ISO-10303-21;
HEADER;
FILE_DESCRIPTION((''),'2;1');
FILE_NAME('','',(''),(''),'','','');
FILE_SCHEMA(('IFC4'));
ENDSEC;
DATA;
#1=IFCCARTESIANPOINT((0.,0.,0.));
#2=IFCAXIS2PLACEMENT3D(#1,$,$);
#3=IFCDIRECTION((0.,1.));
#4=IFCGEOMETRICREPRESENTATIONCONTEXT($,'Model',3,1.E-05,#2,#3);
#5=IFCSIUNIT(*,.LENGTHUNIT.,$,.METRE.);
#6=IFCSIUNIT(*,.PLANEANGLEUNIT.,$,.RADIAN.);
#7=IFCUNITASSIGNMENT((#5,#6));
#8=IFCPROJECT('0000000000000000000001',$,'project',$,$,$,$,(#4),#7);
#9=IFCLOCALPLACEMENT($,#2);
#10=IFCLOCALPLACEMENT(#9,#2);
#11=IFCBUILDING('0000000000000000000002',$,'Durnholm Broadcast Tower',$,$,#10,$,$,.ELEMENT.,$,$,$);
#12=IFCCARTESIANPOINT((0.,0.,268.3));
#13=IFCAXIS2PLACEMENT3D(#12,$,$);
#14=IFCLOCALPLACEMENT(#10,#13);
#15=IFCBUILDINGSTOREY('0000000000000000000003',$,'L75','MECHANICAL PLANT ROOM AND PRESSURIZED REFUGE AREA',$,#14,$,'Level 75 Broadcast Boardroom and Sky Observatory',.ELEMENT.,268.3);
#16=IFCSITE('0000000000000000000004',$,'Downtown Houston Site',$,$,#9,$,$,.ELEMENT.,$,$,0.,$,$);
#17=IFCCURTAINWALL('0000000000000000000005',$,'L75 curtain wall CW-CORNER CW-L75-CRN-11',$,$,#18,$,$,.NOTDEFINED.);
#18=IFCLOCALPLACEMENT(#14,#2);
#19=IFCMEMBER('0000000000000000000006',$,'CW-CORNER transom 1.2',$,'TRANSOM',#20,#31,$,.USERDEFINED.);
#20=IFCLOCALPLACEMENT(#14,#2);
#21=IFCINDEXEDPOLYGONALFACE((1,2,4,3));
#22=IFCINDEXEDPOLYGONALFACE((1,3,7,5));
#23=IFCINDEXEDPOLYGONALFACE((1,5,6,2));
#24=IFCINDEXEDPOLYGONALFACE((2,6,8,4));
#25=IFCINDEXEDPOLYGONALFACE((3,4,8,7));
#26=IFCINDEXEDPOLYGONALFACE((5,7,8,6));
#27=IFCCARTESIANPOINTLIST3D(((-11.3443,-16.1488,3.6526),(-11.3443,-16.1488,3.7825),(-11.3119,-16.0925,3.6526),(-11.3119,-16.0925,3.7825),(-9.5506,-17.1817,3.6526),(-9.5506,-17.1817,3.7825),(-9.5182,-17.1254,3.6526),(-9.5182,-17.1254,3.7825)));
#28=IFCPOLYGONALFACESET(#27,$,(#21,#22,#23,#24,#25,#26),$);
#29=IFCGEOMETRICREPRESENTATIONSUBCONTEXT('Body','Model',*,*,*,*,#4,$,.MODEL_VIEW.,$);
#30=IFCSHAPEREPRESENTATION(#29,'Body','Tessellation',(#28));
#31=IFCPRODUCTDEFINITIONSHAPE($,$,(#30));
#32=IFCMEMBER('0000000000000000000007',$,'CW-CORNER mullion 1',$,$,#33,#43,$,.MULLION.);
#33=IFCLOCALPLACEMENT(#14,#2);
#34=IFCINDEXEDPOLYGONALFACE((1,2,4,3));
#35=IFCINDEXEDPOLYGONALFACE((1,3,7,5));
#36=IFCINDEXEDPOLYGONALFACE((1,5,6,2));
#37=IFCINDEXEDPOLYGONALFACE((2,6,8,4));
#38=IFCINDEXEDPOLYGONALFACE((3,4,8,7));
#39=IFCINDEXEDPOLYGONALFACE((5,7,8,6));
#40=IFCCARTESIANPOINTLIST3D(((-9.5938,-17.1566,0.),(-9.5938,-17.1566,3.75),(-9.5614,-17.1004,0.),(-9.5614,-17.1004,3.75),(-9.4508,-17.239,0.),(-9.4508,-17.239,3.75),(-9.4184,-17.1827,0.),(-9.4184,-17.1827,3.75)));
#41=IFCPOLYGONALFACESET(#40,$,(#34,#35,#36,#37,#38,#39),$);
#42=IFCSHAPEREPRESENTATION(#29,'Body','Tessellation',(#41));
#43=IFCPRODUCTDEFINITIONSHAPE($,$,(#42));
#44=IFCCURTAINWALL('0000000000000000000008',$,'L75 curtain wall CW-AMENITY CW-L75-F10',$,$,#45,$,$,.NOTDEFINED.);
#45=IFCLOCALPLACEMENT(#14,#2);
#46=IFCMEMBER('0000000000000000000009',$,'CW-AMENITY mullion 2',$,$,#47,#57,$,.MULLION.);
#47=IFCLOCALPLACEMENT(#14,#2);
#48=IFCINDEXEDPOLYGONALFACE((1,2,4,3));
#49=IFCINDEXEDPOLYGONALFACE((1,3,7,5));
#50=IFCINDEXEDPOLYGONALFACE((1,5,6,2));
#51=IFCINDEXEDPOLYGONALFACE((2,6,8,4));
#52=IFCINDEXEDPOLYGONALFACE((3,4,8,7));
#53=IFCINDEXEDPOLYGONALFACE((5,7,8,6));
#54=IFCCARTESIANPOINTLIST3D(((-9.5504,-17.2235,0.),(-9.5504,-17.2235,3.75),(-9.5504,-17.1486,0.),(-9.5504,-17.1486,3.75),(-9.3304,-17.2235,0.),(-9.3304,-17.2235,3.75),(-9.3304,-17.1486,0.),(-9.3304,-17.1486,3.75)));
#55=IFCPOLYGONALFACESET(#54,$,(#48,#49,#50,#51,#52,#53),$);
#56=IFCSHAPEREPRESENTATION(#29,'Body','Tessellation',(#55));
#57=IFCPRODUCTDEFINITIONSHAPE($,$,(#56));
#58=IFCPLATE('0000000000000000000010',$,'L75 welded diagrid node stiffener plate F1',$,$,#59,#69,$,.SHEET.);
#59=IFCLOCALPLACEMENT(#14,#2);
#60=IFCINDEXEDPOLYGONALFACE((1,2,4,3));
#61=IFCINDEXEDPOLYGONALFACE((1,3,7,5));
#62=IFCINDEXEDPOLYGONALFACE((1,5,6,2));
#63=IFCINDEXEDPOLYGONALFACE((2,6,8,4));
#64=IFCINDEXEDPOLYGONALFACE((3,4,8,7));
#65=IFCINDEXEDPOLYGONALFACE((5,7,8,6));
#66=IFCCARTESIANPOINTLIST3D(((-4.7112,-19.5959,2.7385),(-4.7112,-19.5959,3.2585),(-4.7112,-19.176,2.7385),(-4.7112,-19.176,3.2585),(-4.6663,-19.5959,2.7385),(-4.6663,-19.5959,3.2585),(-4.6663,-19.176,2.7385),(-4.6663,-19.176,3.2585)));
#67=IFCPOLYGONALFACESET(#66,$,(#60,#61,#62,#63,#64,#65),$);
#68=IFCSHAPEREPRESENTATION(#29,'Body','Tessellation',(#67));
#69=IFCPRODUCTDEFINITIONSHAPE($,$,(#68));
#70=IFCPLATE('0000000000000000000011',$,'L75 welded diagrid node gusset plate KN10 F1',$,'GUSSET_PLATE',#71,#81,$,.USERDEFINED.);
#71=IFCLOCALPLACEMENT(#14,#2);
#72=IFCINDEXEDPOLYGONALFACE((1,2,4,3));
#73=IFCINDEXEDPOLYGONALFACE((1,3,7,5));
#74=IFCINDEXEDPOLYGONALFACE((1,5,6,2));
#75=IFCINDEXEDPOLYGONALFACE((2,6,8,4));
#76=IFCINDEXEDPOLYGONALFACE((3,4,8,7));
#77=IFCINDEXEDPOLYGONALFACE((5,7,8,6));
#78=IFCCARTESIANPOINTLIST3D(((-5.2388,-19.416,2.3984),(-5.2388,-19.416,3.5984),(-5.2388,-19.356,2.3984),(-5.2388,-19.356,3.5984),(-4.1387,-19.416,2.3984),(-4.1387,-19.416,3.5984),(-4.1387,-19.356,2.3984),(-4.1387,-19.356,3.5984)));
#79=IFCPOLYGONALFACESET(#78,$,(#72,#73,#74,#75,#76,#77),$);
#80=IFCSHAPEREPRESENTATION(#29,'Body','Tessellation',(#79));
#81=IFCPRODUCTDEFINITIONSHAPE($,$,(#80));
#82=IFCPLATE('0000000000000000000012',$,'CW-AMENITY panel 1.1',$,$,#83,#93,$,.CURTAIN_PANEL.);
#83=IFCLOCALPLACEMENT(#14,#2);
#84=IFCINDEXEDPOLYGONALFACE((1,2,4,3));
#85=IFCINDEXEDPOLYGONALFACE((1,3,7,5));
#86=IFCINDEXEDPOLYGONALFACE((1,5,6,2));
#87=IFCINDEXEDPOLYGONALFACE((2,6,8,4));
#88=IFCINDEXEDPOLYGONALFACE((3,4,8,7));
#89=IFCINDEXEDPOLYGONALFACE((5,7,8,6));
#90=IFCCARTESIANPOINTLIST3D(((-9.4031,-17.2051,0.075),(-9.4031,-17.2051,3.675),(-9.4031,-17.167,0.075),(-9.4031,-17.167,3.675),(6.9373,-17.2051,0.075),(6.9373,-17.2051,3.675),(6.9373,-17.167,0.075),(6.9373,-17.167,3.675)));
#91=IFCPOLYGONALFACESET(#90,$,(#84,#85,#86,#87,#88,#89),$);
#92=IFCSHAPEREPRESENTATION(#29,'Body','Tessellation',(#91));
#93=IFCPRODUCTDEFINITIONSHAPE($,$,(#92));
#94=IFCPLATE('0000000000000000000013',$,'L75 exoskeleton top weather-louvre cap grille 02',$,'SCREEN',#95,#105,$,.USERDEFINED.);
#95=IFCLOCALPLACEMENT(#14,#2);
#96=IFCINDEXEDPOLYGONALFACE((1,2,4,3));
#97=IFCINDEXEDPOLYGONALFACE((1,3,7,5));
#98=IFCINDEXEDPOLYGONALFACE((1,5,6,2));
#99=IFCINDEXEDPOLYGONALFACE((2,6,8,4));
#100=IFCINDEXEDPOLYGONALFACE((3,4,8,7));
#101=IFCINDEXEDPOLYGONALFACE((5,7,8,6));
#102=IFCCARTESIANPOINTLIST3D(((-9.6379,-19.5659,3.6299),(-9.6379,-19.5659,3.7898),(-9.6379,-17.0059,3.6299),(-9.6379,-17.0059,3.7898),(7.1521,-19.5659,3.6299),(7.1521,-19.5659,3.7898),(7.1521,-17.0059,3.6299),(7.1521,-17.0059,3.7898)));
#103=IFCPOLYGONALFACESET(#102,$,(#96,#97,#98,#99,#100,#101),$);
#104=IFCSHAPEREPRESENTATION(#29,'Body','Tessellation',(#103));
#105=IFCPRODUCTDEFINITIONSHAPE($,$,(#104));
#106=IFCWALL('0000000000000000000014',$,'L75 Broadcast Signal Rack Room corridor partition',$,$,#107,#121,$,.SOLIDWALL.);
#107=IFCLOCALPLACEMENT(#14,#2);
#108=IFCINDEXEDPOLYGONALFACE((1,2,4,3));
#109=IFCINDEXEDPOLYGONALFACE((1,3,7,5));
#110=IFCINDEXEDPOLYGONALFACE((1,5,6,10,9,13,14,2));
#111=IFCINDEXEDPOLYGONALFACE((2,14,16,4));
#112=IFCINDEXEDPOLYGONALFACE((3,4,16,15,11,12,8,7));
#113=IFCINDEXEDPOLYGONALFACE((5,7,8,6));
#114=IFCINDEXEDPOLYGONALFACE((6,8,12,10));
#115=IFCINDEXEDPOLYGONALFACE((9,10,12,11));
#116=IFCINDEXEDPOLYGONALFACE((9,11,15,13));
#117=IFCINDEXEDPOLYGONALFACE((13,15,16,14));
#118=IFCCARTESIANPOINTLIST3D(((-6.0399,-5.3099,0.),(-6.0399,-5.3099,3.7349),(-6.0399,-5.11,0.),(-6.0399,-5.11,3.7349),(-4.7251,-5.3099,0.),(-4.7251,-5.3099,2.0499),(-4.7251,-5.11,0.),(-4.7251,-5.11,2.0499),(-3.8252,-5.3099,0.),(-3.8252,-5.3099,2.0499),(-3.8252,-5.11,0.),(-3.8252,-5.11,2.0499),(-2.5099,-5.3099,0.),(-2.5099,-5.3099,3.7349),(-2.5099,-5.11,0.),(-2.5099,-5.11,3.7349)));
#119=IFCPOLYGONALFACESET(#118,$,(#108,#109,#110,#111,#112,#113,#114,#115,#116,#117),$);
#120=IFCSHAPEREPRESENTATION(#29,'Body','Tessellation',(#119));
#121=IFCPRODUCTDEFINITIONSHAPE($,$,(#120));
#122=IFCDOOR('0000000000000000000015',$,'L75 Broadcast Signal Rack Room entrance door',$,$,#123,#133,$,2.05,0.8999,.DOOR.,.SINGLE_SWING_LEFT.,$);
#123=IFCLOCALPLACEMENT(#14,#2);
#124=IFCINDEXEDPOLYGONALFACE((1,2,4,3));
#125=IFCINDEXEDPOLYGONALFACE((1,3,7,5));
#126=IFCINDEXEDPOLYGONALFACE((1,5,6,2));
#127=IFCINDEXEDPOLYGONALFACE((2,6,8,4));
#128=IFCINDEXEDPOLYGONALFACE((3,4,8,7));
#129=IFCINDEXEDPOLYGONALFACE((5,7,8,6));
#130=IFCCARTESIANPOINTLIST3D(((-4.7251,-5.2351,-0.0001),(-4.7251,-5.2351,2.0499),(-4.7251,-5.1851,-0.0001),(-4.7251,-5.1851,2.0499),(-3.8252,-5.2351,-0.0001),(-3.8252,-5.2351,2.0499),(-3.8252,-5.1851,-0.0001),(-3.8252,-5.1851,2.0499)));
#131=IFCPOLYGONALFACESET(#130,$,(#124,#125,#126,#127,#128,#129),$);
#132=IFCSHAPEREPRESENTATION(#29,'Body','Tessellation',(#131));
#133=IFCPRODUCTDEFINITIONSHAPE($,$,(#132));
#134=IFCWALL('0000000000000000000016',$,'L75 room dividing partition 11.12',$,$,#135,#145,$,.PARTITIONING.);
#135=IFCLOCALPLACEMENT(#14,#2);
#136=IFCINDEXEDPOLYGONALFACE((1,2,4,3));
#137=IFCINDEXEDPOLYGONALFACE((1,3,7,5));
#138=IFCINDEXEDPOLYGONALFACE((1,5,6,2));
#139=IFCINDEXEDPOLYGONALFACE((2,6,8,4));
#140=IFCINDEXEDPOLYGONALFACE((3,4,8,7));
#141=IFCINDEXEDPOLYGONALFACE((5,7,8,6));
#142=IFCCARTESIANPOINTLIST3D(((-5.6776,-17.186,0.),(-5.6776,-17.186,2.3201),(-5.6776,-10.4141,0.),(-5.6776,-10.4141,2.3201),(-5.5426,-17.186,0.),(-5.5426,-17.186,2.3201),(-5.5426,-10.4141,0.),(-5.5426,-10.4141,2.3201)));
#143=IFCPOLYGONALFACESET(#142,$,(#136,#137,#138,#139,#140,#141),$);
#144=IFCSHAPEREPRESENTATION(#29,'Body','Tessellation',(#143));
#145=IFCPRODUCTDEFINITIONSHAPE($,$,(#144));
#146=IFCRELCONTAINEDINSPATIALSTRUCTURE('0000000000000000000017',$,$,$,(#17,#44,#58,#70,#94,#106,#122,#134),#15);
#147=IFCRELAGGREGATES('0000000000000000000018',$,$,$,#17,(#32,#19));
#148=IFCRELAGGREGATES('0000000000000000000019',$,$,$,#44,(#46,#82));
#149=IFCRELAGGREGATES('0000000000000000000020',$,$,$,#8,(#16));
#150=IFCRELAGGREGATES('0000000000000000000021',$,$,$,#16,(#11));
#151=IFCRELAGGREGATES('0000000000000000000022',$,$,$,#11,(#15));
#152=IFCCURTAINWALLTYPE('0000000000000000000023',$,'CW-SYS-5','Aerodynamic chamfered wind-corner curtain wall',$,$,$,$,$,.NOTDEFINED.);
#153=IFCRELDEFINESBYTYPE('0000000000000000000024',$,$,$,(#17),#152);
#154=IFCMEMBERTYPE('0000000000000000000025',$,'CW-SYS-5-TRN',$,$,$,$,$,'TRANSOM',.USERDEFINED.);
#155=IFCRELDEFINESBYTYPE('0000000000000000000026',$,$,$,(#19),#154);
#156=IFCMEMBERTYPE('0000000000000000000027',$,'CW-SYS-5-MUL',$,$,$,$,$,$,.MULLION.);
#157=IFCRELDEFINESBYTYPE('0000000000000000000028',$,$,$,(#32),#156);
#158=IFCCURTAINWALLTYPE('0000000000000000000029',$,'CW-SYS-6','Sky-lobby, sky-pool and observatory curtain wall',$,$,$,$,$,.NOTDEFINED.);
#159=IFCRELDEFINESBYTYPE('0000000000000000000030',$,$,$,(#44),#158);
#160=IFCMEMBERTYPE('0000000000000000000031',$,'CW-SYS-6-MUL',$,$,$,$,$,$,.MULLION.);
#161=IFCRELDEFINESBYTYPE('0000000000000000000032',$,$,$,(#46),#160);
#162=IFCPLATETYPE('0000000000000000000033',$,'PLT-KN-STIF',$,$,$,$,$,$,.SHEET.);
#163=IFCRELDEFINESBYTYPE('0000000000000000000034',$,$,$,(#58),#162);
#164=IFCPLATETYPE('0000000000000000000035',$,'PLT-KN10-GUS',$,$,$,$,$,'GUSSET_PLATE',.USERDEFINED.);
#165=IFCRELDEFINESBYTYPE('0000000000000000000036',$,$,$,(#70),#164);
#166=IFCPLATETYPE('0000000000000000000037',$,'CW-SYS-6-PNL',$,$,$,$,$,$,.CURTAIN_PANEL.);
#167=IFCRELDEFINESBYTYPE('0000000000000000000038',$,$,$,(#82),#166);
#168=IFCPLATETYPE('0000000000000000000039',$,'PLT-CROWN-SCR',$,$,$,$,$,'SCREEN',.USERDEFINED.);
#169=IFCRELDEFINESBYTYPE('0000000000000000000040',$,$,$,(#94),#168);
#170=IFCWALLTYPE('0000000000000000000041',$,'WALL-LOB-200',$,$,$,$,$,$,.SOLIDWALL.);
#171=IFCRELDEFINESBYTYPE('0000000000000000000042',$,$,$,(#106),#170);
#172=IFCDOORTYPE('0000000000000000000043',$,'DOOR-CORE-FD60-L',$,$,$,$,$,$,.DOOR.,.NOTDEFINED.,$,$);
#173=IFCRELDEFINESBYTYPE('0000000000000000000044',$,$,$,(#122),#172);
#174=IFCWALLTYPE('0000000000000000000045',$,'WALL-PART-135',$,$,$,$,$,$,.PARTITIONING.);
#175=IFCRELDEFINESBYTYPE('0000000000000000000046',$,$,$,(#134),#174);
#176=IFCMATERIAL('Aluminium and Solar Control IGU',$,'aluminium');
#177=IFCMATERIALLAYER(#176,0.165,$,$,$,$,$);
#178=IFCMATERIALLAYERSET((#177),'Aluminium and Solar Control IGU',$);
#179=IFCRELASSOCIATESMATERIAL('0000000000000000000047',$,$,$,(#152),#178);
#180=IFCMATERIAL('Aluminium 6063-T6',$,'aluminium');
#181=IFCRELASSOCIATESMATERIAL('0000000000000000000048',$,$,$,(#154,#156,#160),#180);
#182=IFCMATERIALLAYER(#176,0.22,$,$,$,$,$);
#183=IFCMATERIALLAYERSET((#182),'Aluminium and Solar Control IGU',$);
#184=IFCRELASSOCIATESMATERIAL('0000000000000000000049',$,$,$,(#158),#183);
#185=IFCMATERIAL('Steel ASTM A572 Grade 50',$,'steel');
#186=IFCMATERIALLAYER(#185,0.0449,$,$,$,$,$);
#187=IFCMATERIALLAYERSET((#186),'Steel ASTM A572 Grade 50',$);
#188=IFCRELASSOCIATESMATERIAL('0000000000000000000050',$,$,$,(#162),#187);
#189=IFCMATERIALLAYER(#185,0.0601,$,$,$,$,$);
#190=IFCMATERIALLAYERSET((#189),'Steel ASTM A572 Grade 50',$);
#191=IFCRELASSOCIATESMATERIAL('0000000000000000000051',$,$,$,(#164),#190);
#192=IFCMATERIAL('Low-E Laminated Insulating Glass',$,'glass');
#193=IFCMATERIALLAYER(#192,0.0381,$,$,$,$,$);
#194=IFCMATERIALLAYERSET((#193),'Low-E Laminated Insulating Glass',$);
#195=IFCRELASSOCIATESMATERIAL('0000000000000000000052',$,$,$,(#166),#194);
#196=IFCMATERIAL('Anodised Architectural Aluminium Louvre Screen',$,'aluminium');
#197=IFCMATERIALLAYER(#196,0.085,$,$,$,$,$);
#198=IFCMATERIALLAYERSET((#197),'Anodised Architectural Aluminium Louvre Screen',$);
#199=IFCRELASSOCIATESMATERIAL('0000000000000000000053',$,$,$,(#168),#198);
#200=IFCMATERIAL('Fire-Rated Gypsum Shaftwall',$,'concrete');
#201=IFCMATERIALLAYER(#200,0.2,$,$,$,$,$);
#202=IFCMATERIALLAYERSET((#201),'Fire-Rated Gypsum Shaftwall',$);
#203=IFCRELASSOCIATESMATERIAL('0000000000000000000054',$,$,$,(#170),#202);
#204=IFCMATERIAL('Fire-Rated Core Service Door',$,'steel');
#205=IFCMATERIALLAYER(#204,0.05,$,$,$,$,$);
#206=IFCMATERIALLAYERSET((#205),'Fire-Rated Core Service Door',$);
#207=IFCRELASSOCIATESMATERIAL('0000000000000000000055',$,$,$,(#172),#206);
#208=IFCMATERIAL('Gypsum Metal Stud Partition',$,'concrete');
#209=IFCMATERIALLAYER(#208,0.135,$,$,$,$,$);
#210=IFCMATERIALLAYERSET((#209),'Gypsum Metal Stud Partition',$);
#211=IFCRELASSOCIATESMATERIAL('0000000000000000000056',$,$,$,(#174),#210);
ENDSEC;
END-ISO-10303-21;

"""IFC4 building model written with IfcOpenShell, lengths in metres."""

from ifc_helpers import new_model, si_unit, direction, frame, frame_2d, origin, origin_2d, place, context, subcontext, project, spatial, rectangle, extrude, source, transform, mapped, material, layer, layer_set, material_profile, profile_set, type_object, type_shapes, element, fill, aggregate, save


model = new_model("IFC4")

# Units and contexts
model_context = context("Model", 3, precision=1e-05, world=origin(), true_north=direction((0.0, 1.0)))
body_context = subcontext(model_context, "Body", "Model", "MODEL_VIEW")
ifc_project = project(units=[si_unit("LENGTHUNIT", "METRE"), si_unit("PLANEANGLEUNIT", "RADIAN")], contexts=[model_context])

# Site, building, storey
site_placement = place(None, origin())
site = spatial("IfcSite", under=ifc_project, at=site_placement, Name="Downtown Houston Site", CompositionType="ELEMENT", RefElevation=0.0)
building_placement = place(site_placement, origin())
building = spatial("IfcBuilding", under=site, at=building_placement, Name="Durnholm Broadcast Tower", CompositionType="ELEMENT")
storey_placement = place(building_placement, frame((0.0, 0.0, 268.3)))
storey = spatial("IfcBuildingStorey", under=building, at=storey_placement, Name="L75", Description="MECHANICAL PLANT ROOM AND PRESSURIZED REFUGE AREA", LongName="Level 75 Broadcast Boardroom and Sky Observatory", CompositionType="ELEMENT", Elevation=268.3)

# Curtain wall, members
ifc_material_1 = material(Name="Aluminium and Solar Control IGU", Category="aluminium")
ifc_layer_1 = layer(ifc_material_1, 0.165)
ifc_layer_set_1 = layer_set([ifc_layer_1], Name="Aluminium and Solar Control IGU")
curtain_wall_type_1 = type_object("IfcCurtainWallType", Name="CW-SYS-5", Description="Aerodynamic chamfered wind-corner curtain wall", PredefinedType="NOTDEFINED", material=ifc_layer_set_1)
curtain_wall_1_placement = place(storey_placement, origin())
curtain_wall_1 = element("IfcCurtainWall", 1, at=curtain_wall_1_placement, inside=storey, type_object=curtain_wall_type_1, Name="L75 curtain wall CW-CORNER CW-L75-CRN-11", PredefinedType="NOTDEFINED")
ifc_material_2 = material(Name="Aluminium 6063-T6", Category="aluminium")
ifc_material_profile_1 = material_profile(ifc_material_2, rectangle(XDim=0.0649, YDim=0.1299, at=origin_2d()), Name="CWT65X130")
ifc_profile_set_1 = profile_set([ifc_material_profile_1], Name="Aluminium 6063-T6")
member_type_1 = type_object("IfcMemberType", Name="CW-SYS-5-TRN", ElementType="TRANSOM", PredefinedType="USERDEFINED", material=ifc_profile_set_1)
shared_shape_1 = source(origin(), body_context, "Body", "SweptSolid", [
    extrude(rectangle(XDim=0.0649, YDim=0.1299, at=origin_2d()), origin(), (0.0, 0.0, 1.0), 2.0698),
])
type_shapes(member_type_1, [shared_shape_1])
member_1_placement = place(storey_placement, frame((-9.5344, -17.1536, 3.7175), z_axis=(-0.866576, 0.499045, 0.0), x_axis=(-0.499045, -0.866576, 0.0)))
member_1 = element("IfcMember", 2, at=member_1_placement, type_object=member_type_1, Name="CW-CORNER transom 1.2", ObjectType="TRANSOM", PredefinedType="USERDEFINED", context=body_context, shape_type="MappedRepresentation", body=[
    mapped(shared_shape_1, transform((0.0, 0.0, 0.0), x_axis=(1.0, 0.0, 0.0), y_axis=(0.0, 1.0, 0.0), z_axis=(0.0, 0.0, 1.0), scale=1.0)),
])
ifc_material_profile_2 = material_profile(ifc_material_2, rectangle(XDim=0.0649, YDim=0.165, at=origin_2d()), Name="CWM65X165")
ifc_profile_set_2 = profile_set([ifc_material_profile_2], Name="Aluminium 6063-T6")
member_type_2 = type_object("IfcMemberType", Name="CW-SYS-5-MUL", PredefinedType="MULLION", material=ifc_profile_set_2)
shared_shape_2 = source(origin(), body_context, "Body", "SweptSolid", [
    extrude(rectangle(XDim=0.0649, YDim=0.165, at=origin_2d()), origin(), (0.0, 0.0, 1.0), 3.75),
])
type_shapes(member_type_2, [shared_shape_2])
member_2_placement = place(storey_placement, frame((-9.5061, -17.1697, 0.0), z_axis=(0.0, 0.0, 1.0), x_axis=(-0.499059, -0.866568, 0.0)))
member_2 = element("IfcMember", 3, at=member_2_placement, type_object=member_type_2, Name="CW-CORNER mullion 1", PredefinedType="MULLION", context=body_context, shape_type="MappedRepresentation", body=[
    mapped(shared_shape_2, transform((0.0, 0.0, 0.0), x_axis=(1.0, 0.0, 0.0), y_axis=(0.0, 1.0, 0.0), z_axis=(0.0, 0.0, 1.0), scale=1.0)),
])
aggregate(curtain_wall_1, [member_2, member_1])

# Curtain wall, member
ifc_layer_2 = layer(ifc_material_1, 0.22)
ifc_layer_set_2 = layer_set([ifc_layer_2], Name="Aluminium and Solar Control IGU")
curtain_wall_type_2 = type_object("IfcCurtainWallType", Name="CW-SYS-6", Description="Sky-lobby, sky-pool and observatory curtain wall", PredefinedType="NOTDEFINED", material=ifc_layer_set_2)
curtain_wall_2_placement = place(storey_placement, origin())
curtain_wall_2 = element("IfcCurtainWall", 4, at=curtain_wall_2_placement, inside=storey, type_object=curtain_wall_type_2, Name="L75 curtain wall CW-AMENITY CW-L75-F10", PredefinedType="NOTDEFINED")
ifc_material_profile_3 = material_profile(ifc_material_2, rectangle(XDim=0.075, YDim=0.22, at=origin_2d()), Name="CWM75X220")
ifc_profile_set_3 = profile_set([ifc_material_profile_3], Name="Aluminium 6063-T6")
member_type_3 = type_object("IfcMemberType", Name="CW-SYS-6-MUL", PredefinedType="MULLION", material=ifc_profile_set_3)
shared_shape_3 = source(origin(), body_context, "Body", "SweptSolid", [
    extrude(rectangle(XDim=0.075, YDim=0.22, at=origin_2d()), origin(), (0.0, 0.0, 1.0), 3.75),
])
type_shapes(member_type_3, [shared_shape_3])
member_3_placement = place(storey_placement, frame((-9.4404, -17.186, 0.0), z_axis=(0.0, 0.0, 1.0), x_axis=(0.0, -1.0, 0.0)))
member_3 = element("IfcMember", 5, at=member_3_placement, type_object=member_type_3, Name="CW-AMENITY mullion 2", PredefinedType="MULLION", context=body_context, shape_type="MappedRepresentation", body=[
    mapped(shared_shape_3, transform((0.0, 0.0, 0.0), x_axis=(1.0, 0.0, 0.0), y_axis=(0.0, 1.0, 0.0), z_axis=(0.0, 0.0, 1.0), scale=1.0)),
])

# Plates
ifc_material_3 = material(Name="Steel ASTM A572 Grade 50", Category="steel")
ifc_layer_3 = layer(ifc_material_3, 0.0449)
ifc_layer_set_3 = layer_set([ifc_layer_3], Name="Steel ASTM A572 Grade 50")
plate_type_1 = type_object("IfcPlateType", Name="PLT-KN-STIF", PredefinedType="SHEET", material=ifc_layer_set_3)
shared_shape_4 = source(origin(), body_context, "Body", "SweptSolid", [
    extrude(rectangle(XDim=0.0449, YDim=0.4199, at=origin_2d()), origin(), (0.0, 0.0, 1.0), 0.52),
])
type_shapes(plate_type_1, [shared_shape_4])
plate_1_placement = place(storey_placement, frame((-4.6887, -19.386, 2.7385), z_axis=(0.0, 0.0, 1.0), x_axis=(1.0, 0.0, 0.0)))
element("IfcPlate", 6, at=plate_1_placement, inside=storey, type_object=plate_type_1, Name="L75 welded diagrid node stiffener plate F1", PredefinedType="SHEET", context=body_context, shape_type="MappedRepresentation", body=[
    mapped(shared_shape_4, transform((0.0, 0.0, 0.0), x_axis=(1.0, 0.0, 0.0), y_axis=(0.0, 1.0, 0.0), z_axis=(0.0, 0.0, 1.0), scale=1.0)),
])
ifc_layer_4 = layer(ifc_material_3, 0.0601)
ifc_layer_set_4 = layer_set([ifc_layer_4], Name="Steel ASTM A572 Grade 50")
plate_type_2 = type_object("IfcPlateType", Name="PLT-KN10-GUS", ElementType="GUSSET_PLATE", PredefinedType="USERDEFINED", material=ifc_layer_set_4)
shared_shape_5 = source(origin(), body_context, "Body", "SweptSolid", [
    extrude(rectangle(XDim=1.1001, YDim=0.0601, at=origin_2d()), origin(), (0.0, 0.0, 1.0), 1.2),
])
type_shapes(plate_type_2, [shared_shape_5])
plate_2_placement = place(storey_placement, frame((-4.6887, -19.386, 2.3984), z_axis=(0.0, 0.0, 1.0), x_axis=(1.0, 0.0, 0.0)))
element("IfcPlate", 7, at=plate_2_placement, inside=storey, type_object=plate_type_2, Name="L75 welded diagrid node gusset plate KN10 F1", ObjectType="GUSSET_PLATE", PredefinedType="USERDEFINED", context=body_context, shape_type="MappedRepresentation", body=[
    mapped(shared_shape_5, transform((0.0, 0.0, 0.0), x_axis=(1.0, 0.0, 0.0), y_axis=(0.0, 1.0, 0.0), z_axis=(0.0, 0.0, 1.0), scale=1.0)),
])

# Plates
ifc_material_4 = material(Name="Low-E Laminated Insulating Glass", Category="glass")
ifc_layer_5 = layer(ifc_material_4, 0.0381)
ifc_layer_set_5 = layer_set([ifc_layer_5], Name="Low-E Laminated Insulating Glass")
plate_type_3 = type_object("IfcPlateType", Name="CW-SYS-6-PNL", PredefinedType="CURTAIN_PANEL", material=ifc_layer_set_5)
shared_shape_6 = source(origin(), body_context, "Body", "SweptSolid", [
    extrude(rectangle(XDim=16.3403, YDim=0.0381, at=origin_2d()), origin(), (0.0, 0.0, 1.0), 3.6001),
])
type_shapes(plate_type_3, [shared_shape_6])
plate_3_placement = place(storey_placement, frame((-1.2329, -17.186, 0.075), z_axis=(0.0, 0.0, 1.0), x_axis=(-1.0, 0.0, 0.0)))
plate_3 = element("IfcPlate", 8, at=plate_3_placement, type_object=plate_type_3, Name="CW-AMENITY panel 1.1", PredefinedType="CURTAIN_PANEL", context=body_context, shape_type="MappedRepresentation", body=[
    mapped(shared_shape_6, transform((0.0, 0.0, 0.0), x_axis=(1.0, 0.0, 0.0), y_axis=(0.0, 1.0, 0.0), z_axis=(0.0, 0.0, 1.0), scale=1.0)),
])
aggregate(curtain_wall_2, [member_3, plate_3])
ifc_material_5 = material(Name="Anodised Architectural Aluminium Louvre Screen", Category="aluminium")
ifc_layer_6 = layer(ifc_material_5, 0.085)
ifc_layer_set_6 = layer_set([ifc_layer_6], Name="Anodised Architectural Aluminium Louvre Screen")
plate_type_4 = type_object("IfcPlateType", Name="PLT-CROWN-SCR", ElementType="SCREEN", PredefinedType="USERDEFINED", material=ifc_layer_set_6)
shared_shape_7 = source(origin(), body_context, "Body", "SweptSolid", [
    extrude(rectangle(XDim=16.79, YDim=2.5601, at=origin_2d()), origin(), (0.0, 0.0, 1.0), 0.1599),
])
type_shapes(plate_type_4, [shared_shape_7])
plate_4_placement = place(storey_placement, frame((-1.2429, -18.2859, 3.6299), z_axis=(0.0, 0.0, 1.0), x_axis=(1.0, 0.0, 0.0)))
element("IfcPlate", 9, at=plate_4_placement, inside=storey, type_object=plate_type_4, Name="L75 exoskeleton top weather-louvre cap grille 02", ObjectType="SCREEN", PredefinedType="USERDEFINED", context=body_context, shape_type="MappedRepresentation", body=[
    mapped(shared_shape_7, transform((0.0, 0.0, 0.0), x_axis=(1.0, 0.0, 0.0), y_axis=(0.0, 1.0, 0.0), z_axis=(0.0, 0.0, 1.0), scale=1.0)),
])

# Wall, opening, door
ifc_material_6 = material(Name="Fire-Rated Gypsum Shaftwall", Category="concrete")
ifc_layer_7 = layer(ifc_material_6, 0.2)
ifc_layer_set_7 = layer_set([ifc_layer_7], Name="Fire-Rated Gypsum Shaftwall")
wall_type_1 = type_object("IfcWallType", Name="WALL-LOB-200", PredefinedType="SOLIDWALL", material=ifc_layer_set_7)
wall_1_placement = place(storey_placement, frame((-6.04, -5.21, 0.0), z_axis=(0.0, 0.0, 1.0), x_axis=(1.0, 0.0, 0.0)))
wall_1 = element("IfcWall", 10, at=wall_1_placement, inside=storey, type_object=wall_type_1, Name="L75 Broadcast Signal Rack Room corridor partition", PredefinedType="SOLIDWALL", context=body_context, shape_type="SweptSolid", body=[
    extrude(rectangle(XDim=3.53, YDim=0.2, at=frame_2d((1.7651, 0.0))), origin(), (0.0, 0.0, 1.0), 3.7349),
])
opening_1_placement = place(wall_1_placement, frame((1.3149, 0.0, 0.0)))
opening_1 = element("IfcOpeningElement", 11, at=opening_1_placement, cuts=wall_1, PredefinedType="OPENING", context=body_context, shape_type="SweptSolid", body=[
    extrude(rectangle(XDim=0.8999, YDim=2.05, at=frame_2d((0.45, 1.0249))), frame((0.0, 0.1099, 0.0), z_axis=(0.0, -1.0, 0.0), x_axis=(1.0, 0.0, 0.0)), (0.0, 0.0, 1.0), 0.22),
])
ifc_material_7 = material(Name="Fire-Rated Core Service Door", Category="steel")
ifc_layer_8 = layer(ifc_material_7, 0.05)
ifc_layer_set_8 = layer_set([ifc_layer_8], Name="Fire-Rated Core Service Door")
door_type_1 = type_object("IfcDoorType", Name="DOOR-CORE-FD60-L", OperationType="NOTDEFINED", PredefinedType="DOOR", material=ifc_layer_set_8)
shared_shape_8 = source(origin(), body_context, "Body", "SweptSolid", [
    extrude(rectangle(XDim=0.8999, YDim=2.05, at=frame_2d((0.45, 1.0249))), frame((0.0, 0.0249, 0.0), z_axis=(0.0, -1.0, 0.0), x_axis=(1.0, 0.0, 0.0)), (0.0, 0.0, 1.0), 0.05),
])
type_shapes(door_type_1, [shared_shape_8])
door_1_placement = place(opening_1_placement, origin())
door_1 = element("IfcDoor", 12, at=door_1_placement, inside=storey, type_object=door_type_1, Name="L75 Broadcast Signal Rack Room entrance door", OperationType="SINGLE_SWING_LEFT", OverallHeight=2.05, OverallWidth=0.8999, PredefinedType="DOOR", context=body_context, shape_type="MappedRepresentation", body=[
    mapped(shared_shape_8, transform((0.0, 0.0, 0.0), x_axis=(1.0, 0.0, 0.0), y_axis=(0.0, 1.0, 0.0), z_axis=(0.0, 0.0, 1.0), scale=1.0)),
])
fill(opening_1, door_1)

# Wall
ifc_material_8 = material(Name="Gypsum Metal Stud Partition", Category="concrete")
ifc_layer_9 = layer(ifc_material_8, 0.135)
ifc_layer_set_9 = layer_set([ifc_layer_9], Name="Gypsum Metal Stud Partition")
wall_type_2 = type_object("IfcWallType", Name="WALL-PART-135", PredefinedType="PARTITIONING", material=ifc_layer_set_9)
wall_2_placement = place(storey_placement, frame((-5.6101, -10.4141, 0.0), z_axis=(0.0, 0.0, 1.0), x_axis=(0.0, -1.0, 0.0)))
element("IfcWall", 13, at=wall_2_placement, inside=storey, type_object=wall_type_2, Name="L75 room dividing partition 11.12", PredefinedType="PARTITIONING", context=body_context, shape_type="SweptSolid", body=[
    extrude(rectangle(XDim=6.772, YDim=0.135, at=frame_2d((3.386, 0.0))), origin(), (0.0, 0.0, 1.0), 2.3201),
])

save(model, "model.ifc")
